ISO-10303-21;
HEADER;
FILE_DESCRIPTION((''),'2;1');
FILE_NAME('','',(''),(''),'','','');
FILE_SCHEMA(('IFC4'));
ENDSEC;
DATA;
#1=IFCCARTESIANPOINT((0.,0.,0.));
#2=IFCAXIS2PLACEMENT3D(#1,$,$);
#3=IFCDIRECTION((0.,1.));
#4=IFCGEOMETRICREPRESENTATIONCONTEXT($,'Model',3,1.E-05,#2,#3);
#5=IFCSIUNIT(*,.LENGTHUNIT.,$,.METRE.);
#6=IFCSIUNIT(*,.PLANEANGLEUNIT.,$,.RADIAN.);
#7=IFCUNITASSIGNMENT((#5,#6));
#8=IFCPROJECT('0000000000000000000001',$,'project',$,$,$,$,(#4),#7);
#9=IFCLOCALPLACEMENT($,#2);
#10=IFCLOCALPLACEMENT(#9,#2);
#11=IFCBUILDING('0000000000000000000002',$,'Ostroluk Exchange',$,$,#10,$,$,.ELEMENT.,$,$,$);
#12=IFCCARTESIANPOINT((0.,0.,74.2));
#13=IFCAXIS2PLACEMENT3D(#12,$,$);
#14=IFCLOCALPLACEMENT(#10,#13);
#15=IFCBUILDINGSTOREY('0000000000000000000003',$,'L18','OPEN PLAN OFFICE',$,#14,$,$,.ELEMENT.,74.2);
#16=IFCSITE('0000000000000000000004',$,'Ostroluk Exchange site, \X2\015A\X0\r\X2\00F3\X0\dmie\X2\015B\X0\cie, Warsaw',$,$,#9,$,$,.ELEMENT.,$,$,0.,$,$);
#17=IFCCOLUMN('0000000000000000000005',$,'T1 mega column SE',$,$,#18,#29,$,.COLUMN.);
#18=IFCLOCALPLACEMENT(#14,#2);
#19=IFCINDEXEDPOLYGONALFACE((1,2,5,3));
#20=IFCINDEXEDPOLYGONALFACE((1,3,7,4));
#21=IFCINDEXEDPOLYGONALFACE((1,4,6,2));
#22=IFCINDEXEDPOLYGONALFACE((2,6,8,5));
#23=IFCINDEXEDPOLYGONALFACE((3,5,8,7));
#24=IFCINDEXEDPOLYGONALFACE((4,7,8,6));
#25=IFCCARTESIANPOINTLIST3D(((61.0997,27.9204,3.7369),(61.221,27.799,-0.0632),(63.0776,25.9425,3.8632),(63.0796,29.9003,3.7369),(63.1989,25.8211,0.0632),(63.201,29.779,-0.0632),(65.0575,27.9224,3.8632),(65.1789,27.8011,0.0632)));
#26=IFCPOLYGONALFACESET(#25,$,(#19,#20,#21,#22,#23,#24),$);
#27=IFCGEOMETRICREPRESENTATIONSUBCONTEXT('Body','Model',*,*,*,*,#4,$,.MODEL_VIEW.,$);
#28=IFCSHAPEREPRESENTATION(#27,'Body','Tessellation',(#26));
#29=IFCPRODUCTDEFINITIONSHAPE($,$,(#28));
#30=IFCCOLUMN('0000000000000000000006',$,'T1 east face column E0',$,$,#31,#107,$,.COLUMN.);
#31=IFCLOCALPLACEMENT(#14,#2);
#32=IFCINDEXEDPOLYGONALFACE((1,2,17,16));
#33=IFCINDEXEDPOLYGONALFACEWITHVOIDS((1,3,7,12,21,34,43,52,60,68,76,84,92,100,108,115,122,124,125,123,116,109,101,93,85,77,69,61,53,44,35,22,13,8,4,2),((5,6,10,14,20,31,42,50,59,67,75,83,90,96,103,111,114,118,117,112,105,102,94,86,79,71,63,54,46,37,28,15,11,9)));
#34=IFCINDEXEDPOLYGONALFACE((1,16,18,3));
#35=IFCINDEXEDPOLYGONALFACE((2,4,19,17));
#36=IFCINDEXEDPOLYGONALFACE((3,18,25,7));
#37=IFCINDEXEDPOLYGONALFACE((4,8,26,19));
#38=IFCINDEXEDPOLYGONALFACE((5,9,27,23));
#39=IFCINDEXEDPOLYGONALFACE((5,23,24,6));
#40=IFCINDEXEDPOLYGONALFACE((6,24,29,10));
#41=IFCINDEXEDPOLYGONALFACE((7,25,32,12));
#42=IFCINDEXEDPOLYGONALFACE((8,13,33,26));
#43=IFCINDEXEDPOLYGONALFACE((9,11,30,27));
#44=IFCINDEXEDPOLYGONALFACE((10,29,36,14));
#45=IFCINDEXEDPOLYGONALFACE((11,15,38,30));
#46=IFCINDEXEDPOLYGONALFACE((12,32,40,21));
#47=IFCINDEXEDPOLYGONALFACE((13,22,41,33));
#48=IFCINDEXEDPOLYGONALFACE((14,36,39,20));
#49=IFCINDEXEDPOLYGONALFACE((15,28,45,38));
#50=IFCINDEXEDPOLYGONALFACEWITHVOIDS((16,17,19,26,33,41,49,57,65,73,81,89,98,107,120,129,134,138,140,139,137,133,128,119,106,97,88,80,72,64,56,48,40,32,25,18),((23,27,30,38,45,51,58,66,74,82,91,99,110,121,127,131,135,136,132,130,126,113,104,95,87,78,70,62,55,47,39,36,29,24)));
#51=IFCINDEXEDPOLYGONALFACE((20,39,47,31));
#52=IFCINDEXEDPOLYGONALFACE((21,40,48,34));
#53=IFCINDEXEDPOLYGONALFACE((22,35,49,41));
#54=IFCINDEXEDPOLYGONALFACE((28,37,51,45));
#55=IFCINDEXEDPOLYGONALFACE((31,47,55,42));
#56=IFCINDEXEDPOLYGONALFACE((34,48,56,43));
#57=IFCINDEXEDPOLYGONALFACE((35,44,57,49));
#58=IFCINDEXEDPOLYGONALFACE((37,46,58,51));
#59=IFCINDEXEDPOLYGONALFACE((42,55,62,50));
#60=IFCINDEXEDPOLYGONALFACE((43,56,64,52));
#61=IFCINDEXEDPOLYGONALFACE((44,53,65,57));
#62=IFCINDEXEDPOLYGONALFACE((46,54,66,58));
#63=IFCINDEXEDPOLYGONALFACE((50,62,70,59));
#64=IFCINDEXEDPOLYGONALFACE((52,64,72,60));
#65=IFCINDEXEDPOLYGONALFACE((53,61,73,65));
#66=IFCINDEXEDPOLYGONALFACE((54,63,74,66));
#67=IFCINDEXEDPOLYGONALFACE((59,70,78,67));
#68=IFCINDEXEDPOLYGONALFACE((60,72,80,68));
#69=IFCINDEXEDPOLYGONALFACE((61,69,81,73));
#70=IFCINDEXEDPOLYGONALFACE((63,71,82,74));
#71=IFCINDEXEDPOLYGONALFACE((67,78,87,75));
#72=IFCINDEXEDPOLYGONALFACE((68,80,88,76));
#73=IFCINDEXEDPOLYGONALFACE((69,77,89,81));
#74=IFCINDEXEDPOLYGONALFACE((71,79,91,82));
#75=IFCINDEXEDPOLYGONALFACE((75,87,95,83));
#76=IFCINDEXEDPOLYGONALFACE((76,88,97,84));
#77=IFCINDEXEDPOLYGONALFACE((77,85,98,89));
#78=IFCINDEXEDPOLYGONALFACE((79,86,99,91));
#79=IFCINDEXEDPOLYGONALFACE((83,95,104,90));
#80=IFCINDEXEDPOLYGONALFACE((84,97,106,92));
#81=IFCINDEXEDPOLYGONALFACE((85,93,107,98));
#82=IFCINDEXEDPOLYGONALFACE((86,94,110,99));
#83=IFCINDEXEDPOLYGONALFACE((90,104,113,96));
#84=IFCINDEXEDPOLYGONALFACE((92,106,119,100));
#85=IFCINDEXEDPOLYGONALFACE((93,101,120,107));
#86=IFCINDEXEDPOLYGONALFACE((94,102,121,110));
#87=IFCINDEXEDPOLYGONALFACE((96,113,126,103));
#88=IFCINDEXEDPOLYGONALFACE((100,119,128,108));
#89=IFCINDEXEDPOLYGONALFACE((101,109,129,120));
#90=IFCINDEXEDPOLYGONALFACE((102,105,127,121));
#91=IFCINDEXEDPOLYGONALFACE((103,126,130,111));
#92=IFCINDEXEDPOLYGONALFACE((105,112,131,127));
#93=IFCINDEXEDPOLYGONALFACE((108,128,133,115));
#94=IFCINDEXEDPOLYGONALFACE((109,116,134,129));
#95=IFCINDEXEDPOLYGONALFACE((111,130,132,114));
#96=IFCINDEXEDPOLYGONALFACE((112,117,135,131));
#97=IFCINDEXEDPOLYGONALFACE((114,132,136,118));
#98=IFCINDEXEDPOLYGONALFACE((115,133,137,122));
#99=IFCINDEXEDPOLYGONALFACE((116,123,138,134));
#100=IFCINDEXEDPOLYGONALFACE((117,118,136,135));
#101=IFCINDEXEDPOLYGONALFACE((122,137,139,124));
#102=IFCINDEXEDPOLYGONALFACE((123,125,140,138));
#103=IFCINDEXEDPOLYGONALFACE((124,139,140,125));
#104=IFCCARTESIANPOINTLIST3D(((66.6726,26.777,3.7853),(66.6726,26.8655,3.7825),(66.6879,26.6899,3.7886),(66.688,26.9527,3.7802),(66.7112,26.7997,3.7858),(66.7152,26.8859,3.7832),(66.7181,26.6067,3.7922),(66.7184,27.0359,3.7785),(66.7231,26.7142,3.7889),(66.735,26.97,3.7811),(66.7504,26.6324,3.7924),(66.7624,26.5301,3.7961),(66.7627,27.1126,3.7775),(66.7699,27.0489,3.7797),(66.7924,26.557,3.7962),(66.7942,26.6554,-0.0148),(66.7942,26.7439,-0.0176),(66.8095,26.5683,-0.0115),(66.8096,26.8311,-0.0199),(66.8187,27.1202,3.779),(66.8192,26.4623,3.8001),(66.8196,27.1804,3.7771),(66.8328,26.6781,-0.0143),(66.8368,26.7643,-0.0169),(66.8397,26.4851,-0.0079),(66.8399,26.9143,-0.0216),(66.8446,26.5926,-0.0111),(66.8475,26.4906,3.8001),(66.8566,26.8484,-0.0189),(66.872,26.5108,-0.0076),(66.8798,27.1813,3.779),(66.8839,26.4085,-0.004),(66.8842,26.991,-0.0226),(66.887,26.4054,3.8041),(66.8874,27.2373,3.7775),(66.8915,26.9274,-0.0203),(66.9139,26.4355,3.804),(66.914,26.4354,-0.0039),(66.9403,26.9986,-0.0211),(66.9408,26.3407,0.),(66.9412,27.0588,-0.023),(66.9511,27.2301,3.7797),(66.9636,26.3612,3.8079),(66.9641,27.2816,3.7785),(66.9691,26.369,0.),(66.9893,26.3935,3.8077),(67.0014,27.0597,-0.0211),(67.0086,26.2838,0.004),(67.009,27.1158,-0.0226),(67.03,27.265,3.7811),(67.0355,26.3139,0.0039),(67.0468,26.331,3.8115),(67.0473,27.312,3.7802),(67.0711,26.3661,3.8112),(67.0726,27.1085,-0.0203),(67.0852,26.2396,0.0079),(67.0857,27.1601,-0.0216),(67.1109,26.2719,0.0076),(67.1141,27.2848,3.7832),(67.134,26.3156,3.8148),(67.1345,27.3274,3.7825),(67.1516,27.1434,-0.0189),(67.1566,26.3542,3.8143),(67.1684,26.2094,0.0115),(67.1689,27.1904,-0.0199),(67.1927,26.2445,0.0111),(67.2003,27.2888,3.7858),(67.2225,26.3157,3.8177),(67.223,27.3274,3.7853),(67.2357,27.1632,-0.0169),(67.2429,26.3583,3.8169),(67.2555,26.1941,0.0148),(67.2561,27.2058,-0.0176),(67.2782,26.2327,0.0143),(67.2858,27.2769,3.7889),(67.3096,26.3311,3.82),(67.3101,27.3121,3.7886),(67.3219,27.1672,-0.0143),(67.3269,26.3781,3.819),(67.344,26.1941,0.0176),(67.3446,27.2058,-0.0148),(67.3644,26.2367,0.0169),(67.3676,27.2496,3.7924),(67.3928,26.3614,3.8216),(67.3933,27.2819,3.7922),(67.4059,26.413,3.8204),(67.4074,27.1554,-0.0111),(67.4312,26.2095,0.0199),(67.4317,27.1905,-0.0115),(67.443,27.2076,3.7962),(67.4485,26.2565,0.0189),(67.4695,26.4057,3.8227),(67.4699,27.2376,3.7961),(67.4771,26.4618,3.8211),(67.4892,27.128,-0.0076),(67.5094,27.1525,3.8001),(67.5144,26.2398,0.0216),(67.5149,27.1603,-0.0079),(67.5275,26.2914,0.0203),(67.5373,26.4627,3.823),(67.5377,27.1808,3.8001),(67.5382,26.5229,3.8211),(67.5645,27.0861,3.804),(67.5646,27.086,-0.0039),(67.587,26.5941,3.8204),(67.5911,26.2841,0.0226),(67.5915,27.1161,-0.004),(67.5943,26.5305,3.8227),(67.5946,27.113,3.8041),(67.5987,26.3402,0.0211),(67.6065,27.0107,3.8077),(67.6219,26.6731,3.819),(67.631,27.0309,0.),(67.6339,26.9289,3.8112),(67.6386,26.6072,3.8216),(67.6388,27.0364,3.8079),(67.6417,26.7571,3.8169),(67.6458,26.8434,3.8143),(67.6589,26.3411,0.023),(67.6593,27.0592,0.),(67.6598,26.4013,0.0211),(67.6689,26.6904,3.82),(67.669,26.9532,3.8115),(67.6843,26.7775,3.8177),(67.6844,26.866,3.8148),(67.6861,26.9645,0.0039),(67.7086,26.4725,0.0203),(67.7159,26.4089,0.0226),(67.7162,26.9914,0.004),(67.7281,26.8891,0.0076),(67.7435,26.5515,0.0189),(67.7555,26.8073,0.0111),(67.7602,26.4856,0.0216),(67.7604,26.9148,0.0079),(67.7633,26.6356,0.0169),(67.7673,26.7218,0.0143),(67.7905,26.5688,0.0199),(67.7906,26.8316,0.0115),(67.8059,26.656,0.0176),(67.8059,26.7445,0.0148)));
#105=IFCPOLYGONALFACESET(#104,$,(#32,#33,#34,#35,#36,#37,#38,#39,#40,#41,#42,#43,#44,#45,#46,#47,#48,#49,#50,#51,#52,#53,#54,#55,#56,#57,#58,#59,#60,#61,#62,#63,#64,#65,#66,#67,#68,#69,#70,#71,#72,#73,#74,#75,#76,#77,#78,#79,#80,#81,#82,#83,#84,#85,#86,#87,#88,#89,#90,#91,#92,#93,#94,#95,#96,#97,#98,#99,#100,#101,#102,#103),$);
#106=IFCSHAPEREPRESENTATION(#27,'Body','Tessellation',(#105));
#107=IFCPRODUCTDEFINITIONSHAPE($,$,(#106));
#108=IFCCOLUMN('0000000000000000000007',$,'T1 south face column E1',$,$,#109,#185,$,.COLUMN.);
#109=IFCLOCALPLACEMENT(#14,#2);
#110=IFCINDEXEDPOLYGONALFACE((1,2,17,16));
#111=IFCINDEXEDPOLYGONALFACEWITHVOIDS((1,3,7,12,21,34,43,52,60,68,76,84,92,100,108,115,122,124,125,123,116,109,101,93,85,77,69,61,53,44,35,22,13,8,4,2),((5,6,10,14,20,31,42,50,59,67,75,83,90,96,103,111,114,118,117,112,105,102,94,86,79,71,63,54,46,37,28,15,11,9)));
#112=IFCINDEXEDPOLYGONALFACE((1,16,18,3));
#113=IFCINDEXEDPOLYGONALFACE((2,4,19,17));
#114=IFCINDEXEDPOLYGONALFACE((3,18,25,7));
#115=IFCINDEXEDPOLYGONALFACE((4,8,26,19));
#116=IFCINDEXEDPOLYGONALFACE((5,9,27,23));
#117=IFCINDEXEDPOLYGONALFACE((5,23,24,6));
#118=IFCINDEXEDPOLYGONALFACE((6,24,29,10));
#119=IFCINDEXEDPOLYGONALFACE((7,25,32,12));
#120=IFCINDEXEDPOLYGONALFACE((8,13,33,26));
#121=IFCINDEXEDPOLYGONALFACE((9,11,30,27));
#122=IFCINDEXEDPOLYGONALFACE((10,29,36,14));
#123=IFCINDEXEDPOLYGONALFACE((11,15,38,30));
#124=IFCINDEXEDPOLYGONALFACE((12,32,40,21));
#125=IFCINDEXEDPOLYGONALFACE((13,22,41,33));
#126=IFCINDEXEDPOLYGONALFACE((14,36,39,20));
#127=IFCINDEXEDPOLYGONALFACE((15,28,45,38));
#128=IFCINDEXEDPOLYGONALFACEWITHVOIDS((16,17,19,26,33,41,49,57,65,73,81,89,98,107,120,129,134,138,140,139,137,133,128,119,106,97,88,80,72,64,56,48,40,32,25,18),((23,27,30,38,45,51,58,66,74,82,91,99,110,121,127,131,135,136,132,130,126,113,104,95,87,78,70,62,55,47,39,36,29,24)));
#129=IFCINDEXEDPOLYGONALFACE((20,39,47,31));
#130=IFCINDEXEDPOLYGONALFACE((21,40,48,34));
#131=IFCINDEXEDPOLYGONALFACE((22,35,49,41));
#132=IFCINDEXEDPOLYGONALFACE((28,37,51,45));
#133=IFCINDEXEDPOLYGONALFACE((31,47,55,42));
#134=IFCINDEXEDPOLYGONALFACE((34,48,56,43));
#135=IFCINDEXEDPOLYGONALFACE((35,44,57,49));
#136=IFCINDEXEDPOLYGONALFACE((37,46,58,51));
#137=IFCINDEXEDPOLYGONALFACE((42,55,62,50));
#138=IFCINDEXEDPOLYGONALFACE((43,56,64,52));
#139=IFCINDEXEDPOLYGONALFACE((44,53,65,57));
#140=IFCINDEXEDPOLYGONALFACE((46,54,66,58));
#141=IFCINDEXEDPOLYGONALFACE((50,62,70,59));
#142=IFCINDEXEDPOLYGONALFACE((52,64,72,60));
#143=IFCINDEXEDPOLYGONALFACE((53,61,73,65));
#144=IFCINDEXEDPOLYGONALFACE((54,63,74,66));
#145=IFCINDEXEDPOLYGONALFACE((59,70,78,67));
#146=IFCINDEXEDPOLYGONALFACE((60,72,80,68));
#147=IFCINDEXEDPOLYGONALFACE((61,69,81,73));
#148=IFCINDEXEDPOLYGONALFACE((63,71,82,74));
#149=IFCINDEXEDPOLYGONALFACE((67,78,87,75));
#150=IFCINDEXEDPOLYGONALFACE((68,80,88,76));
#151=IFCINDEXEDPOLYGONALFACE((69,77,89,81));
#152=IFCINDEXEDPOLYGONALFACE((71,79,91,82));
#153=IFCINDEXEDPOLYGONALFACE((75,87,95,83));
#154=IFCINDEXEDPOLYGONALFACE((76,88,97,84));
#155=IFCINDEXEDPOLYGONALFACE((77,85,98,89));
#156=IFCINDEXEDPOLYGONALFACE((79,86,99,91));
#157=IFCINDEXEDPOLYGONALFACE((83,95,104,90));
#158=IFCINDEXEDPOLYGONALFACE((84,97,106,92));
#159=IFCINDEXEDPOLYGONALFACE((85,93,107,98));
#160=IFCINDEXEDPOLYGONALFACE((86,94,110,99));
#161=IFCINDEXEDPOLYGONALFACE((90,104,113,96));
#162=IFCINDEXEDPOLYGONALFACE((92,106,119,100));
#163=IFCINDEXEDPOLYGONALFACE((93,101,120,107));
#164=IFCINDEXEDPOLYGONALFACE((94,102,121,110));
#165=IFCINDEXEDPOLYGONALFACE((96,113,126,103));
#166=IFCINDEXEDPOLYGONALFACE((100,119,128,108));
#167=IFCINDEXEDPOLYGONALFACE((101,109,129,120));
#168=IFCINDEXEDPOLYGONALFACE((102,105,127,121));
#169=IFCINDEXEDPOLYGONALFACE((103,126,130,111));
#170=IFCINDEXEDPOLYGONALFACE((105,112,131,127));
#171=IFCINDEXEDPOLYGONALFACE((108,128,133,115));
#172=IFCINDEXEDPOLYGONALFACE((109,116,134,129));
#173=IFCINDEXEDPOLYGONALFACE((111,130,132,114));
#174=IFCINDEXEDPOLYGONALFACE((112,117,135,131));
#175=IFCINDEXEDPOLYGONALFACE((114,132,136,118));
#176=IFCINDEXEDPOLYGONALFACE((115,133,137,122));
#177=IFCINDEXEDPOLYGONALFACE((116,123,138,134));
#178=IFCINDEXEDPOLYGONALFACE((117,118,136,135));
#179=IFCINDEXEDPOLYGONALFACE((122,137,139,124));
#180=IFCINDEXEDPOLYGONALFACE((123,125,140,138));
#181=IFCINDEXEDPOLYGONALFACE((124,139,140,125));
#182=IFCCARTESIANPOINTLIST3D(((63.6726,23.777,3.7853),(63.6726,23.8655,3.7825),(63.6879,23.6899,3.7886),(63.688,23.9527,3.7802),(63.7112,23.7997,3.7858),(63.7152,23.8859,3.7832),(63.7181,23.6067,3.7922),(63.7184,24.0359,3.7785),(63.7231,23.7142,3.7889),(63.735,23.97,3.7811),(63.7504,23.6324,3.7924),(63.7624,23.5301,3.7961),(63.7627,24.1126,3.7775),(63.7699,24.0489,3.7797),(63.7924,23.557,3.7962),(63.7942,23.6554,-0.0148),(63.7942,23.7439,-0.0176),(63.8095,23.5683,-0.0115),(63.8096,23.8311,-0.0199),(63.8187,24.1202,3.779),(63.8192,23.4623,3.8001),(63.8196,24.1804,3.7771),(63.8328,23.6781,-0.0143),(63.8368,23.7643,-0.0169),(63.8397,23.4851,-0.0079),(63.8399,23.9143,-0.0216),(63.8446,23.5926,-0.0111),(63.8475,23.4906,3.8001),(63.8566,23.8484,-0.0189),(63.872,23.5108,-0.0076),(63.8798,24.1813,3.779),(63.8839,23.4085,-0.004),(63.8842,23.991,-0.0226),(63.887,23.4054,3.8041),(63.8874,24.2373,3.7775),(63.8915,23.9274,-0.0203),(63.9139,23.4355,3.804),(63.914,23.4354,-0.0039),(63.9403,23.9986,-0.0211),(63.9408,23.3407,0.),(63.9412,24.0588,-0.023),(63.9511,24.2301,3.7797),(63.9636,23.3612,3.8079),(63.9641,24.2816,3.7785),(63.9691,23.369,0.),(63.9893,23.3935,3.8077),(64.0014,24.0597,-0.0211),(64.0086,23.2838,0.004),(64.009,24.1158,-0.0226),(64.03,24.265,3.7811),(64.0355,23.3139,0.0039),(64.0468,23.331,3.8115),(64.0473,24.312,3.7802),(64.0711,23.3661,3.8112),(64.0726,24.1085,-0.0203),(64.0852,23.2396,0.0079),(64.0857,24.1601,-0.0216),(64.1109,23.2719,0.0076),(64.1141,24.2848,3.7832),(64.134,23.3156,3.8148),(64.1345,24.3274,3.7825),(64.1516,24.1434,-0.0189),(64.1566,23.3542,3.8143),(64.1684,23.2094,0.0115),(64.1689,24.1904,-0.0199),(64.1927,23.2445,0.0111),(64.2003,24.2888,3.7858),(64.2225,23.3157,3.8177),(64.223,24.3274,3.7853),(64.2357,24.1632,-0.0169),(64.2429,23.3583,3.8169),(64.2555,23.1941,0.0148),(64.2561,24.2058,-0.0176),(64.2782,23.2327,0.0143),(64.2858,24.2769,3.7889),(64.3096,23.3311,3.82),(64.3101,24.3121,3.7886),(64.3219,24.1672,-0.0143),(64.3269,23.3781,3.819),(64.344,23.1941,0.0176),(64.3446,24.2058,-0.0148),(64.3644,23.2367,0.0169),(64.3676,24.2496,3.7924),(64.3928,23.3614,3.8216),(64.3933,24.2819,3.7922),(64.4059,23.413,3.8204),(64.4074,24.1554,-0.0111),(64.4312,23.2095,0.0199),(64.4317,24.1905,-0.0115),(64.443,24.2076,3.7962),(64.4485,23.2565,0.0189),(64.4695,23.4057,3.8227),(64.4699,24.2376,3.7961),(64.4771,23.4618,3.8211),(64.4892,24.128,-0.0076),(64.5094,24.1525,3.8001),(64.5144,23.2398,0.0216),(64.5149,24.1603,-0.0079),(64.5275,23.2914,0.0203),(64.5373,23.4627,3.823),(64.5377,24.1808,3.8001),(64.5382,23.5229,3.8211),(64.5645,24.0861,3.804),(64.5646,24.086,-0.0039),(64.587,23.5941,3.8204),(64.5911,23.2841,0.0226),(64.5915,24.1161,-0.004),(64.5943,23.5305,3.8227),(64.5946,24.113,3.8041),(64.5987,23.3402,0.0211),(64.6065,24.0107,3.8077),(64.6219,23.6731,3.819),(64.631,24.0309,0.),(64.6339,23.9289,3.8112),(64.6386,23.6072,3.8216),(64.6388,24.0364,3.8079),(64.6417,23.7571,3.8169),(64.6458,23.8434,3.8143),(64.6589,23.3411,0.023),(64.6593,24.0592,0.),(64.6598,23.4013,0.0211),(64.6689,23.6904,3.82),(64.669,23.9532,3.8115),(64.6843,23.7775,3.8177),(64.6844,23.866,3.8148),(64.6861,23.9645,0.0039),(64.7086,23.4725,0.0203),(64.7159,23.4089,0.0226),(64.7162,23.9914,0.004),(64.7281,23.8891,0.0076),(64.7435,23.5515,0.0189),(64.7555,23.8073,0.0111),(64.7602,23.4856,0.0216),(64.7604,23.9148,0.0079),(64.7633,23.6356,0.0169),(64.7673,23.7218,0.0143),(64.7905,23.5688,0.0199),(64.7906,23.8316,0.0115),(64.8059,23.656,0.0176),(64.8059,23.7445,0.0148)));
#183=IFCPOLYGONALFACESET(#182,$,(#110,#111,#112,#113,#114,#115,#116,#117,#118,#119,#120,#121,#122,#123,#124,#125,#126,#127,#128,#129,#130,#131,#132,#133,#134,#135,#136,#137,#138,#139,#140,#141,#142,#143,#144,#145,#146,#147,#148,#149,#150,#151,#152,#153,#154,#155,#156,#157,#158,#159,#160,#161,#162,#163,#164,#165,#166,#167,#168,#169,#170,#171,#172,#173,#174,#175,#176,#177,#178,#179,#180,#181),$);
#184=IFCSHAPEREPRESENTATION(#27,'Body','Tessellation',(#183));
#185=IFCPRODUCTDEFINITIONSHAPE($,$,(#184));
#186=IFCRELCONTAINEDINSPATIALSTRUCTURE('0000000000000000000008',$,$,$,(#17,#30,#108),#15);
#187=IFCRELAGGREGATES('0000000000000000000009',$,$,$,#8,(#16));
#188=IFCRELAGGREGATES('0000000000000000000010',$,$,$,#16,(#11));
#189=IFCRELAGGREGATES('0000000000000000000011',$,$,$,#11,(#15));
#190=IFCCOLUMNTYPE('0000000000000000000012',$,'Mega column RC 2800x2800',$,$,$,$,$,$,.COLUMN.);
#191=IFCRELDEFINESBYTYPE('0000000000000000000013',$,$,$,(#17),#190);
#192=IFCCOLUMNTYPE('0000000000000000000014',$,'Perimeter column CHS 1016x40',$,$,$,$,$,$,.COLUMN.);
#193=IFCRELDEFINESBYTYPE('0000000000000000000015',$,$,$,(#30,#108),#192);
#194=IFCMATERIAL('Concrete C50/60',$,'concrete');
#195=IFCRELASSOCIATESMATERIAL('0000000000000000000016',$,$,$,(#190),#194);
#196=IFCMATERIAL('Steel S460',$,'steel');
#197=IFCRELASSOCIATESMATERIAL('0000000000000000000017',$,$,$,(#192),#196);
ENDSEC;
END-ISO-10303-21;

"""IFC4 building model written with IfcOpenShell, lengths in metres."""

from ifc_helpers import new_model, si_unit, direction, frame, origin, origin_2d, place, context, subcontext, project, spatial, rectangle, hollow_circle, extrude, material, material_profile, profile_set, type_object, element, save


model = new_model("IFC4")

# Units and contexts
model_context = context("Model", 3, precision=1e-05, world=origin(), true_north=direction((0.0, 1.0)))
body_context = subcontext(model_context, "Body", "Model", "MODEL_VIEW")
ifc_project = project(units=[si_unit("LENGTHUNIT", "METRE"), si_unit("PLANEANGLEUNIT", "RADIAN")], contexts=[model_context])

# Site, building, storey
site_placement = place(None, origin())
site = spatial("IfcSite", under=ifc_project, at=site_placement, Name="Ostroluk Exchange site, Śródmieście, Warsaw", CompositionType="ELEMENT", RefElevation=0.0)
building_placement = place(site_placement, origin())
building = spatial("IfcBuilding", under=site, at=building_placement, Name="Ostroluk Exchange", CompositionType="ELEMENT")
storey_placement = place(building_placement, frame((0.0, 0.0, 74.2)))
storey = spatial("IfcBuildingStorey", under=building, at=storey_placement, Name="L18", Description="OPEN PLAN OFFICE", CompositionType="ELEMENT", Elevation=74.2)

# Columns
ifc_material_1 = material(Name="Concrete C50/60", Category="concrete")
ifc_material_profile_1 = material_profile(ifc_material_1, rectangle(XDim=2.8, YDim=2.8, at=origin_2d()), Name="RC 2800x2800")
ifc_profile_set_1 = profile_set([ifc_material_profile_1], Name="Concrete C50/60")
column_type_1 = type_object("IfcColumnType", Name="Mega column RC 2800x2800", PredefinedType="COLUMN", material=ifc_profile_set_1)
column_placement = place(storey_placement, frame((63.2, 27.8, 0.0), z_axis=(-0.031898, 0.031898, 0.998982), x_axis=(-0.707107, -0.707107, 0.0)))
element("IfcColumn", 1, at=column_placement, inside=storey, type_object=column_type_1, Name="T1 mega column SE", PredefinedType="COLUMN", context=body_context, shape_type="SweptSolid", body=[
    extrude(rectangle(XDim=2.8, YDim=2.8, at=origin_2d()), origin(), (0.0, 0.0, 1.0), 3.804),
])
ifc_material_2 = material(Name="Steel S460", Category="steel")
ifc_material_profile_2 = material_profile(ifc_material_2, hollow_circle(Radius=0.5081, WallThickness=0.04, at=origin_2d()), Name="CHS 1016x40")
ifc_profile_set_2 = profile_set([ifc_material_profile_2], Name="Steel S460")
column_type_2 = type_object("IfcColumnType", Name="Perimeter column CHS 1016x40", PredefinedType="COLUMN", material=ifc_profile_set_2)
for number, where, z_axis, x_axis, name in (
    (2, (67.3, 26.7, 0.0), (-0.031962, 0.031962, 0.998978), (-0.707107, -0.707107, 0.0), "T1 east face column E0"),
    (3, (64.3, 23.7, 0.0), (-0.031962, 0.031962, 0.998978), (-0.707107, -0.707107, 0.0), "T1 south face column E1"),
):
    element("IfcColumn", number, at=place(storey_placement, frame(where, z_axis=z_axis, x_axis=x_axis)), inside=storey, type_object=column_type_2, Name=name, PredefinedType="COLUMN", context=body_context, shape_type="SweptSolid", body=[
        extrude(hollow_circle(Radius=0.5081, WallThickness=0.04, at=origin_2d()), origin(), (0.0, 0.0, 1.0), 3.804),
    ])

save(model, "model.ifc")
